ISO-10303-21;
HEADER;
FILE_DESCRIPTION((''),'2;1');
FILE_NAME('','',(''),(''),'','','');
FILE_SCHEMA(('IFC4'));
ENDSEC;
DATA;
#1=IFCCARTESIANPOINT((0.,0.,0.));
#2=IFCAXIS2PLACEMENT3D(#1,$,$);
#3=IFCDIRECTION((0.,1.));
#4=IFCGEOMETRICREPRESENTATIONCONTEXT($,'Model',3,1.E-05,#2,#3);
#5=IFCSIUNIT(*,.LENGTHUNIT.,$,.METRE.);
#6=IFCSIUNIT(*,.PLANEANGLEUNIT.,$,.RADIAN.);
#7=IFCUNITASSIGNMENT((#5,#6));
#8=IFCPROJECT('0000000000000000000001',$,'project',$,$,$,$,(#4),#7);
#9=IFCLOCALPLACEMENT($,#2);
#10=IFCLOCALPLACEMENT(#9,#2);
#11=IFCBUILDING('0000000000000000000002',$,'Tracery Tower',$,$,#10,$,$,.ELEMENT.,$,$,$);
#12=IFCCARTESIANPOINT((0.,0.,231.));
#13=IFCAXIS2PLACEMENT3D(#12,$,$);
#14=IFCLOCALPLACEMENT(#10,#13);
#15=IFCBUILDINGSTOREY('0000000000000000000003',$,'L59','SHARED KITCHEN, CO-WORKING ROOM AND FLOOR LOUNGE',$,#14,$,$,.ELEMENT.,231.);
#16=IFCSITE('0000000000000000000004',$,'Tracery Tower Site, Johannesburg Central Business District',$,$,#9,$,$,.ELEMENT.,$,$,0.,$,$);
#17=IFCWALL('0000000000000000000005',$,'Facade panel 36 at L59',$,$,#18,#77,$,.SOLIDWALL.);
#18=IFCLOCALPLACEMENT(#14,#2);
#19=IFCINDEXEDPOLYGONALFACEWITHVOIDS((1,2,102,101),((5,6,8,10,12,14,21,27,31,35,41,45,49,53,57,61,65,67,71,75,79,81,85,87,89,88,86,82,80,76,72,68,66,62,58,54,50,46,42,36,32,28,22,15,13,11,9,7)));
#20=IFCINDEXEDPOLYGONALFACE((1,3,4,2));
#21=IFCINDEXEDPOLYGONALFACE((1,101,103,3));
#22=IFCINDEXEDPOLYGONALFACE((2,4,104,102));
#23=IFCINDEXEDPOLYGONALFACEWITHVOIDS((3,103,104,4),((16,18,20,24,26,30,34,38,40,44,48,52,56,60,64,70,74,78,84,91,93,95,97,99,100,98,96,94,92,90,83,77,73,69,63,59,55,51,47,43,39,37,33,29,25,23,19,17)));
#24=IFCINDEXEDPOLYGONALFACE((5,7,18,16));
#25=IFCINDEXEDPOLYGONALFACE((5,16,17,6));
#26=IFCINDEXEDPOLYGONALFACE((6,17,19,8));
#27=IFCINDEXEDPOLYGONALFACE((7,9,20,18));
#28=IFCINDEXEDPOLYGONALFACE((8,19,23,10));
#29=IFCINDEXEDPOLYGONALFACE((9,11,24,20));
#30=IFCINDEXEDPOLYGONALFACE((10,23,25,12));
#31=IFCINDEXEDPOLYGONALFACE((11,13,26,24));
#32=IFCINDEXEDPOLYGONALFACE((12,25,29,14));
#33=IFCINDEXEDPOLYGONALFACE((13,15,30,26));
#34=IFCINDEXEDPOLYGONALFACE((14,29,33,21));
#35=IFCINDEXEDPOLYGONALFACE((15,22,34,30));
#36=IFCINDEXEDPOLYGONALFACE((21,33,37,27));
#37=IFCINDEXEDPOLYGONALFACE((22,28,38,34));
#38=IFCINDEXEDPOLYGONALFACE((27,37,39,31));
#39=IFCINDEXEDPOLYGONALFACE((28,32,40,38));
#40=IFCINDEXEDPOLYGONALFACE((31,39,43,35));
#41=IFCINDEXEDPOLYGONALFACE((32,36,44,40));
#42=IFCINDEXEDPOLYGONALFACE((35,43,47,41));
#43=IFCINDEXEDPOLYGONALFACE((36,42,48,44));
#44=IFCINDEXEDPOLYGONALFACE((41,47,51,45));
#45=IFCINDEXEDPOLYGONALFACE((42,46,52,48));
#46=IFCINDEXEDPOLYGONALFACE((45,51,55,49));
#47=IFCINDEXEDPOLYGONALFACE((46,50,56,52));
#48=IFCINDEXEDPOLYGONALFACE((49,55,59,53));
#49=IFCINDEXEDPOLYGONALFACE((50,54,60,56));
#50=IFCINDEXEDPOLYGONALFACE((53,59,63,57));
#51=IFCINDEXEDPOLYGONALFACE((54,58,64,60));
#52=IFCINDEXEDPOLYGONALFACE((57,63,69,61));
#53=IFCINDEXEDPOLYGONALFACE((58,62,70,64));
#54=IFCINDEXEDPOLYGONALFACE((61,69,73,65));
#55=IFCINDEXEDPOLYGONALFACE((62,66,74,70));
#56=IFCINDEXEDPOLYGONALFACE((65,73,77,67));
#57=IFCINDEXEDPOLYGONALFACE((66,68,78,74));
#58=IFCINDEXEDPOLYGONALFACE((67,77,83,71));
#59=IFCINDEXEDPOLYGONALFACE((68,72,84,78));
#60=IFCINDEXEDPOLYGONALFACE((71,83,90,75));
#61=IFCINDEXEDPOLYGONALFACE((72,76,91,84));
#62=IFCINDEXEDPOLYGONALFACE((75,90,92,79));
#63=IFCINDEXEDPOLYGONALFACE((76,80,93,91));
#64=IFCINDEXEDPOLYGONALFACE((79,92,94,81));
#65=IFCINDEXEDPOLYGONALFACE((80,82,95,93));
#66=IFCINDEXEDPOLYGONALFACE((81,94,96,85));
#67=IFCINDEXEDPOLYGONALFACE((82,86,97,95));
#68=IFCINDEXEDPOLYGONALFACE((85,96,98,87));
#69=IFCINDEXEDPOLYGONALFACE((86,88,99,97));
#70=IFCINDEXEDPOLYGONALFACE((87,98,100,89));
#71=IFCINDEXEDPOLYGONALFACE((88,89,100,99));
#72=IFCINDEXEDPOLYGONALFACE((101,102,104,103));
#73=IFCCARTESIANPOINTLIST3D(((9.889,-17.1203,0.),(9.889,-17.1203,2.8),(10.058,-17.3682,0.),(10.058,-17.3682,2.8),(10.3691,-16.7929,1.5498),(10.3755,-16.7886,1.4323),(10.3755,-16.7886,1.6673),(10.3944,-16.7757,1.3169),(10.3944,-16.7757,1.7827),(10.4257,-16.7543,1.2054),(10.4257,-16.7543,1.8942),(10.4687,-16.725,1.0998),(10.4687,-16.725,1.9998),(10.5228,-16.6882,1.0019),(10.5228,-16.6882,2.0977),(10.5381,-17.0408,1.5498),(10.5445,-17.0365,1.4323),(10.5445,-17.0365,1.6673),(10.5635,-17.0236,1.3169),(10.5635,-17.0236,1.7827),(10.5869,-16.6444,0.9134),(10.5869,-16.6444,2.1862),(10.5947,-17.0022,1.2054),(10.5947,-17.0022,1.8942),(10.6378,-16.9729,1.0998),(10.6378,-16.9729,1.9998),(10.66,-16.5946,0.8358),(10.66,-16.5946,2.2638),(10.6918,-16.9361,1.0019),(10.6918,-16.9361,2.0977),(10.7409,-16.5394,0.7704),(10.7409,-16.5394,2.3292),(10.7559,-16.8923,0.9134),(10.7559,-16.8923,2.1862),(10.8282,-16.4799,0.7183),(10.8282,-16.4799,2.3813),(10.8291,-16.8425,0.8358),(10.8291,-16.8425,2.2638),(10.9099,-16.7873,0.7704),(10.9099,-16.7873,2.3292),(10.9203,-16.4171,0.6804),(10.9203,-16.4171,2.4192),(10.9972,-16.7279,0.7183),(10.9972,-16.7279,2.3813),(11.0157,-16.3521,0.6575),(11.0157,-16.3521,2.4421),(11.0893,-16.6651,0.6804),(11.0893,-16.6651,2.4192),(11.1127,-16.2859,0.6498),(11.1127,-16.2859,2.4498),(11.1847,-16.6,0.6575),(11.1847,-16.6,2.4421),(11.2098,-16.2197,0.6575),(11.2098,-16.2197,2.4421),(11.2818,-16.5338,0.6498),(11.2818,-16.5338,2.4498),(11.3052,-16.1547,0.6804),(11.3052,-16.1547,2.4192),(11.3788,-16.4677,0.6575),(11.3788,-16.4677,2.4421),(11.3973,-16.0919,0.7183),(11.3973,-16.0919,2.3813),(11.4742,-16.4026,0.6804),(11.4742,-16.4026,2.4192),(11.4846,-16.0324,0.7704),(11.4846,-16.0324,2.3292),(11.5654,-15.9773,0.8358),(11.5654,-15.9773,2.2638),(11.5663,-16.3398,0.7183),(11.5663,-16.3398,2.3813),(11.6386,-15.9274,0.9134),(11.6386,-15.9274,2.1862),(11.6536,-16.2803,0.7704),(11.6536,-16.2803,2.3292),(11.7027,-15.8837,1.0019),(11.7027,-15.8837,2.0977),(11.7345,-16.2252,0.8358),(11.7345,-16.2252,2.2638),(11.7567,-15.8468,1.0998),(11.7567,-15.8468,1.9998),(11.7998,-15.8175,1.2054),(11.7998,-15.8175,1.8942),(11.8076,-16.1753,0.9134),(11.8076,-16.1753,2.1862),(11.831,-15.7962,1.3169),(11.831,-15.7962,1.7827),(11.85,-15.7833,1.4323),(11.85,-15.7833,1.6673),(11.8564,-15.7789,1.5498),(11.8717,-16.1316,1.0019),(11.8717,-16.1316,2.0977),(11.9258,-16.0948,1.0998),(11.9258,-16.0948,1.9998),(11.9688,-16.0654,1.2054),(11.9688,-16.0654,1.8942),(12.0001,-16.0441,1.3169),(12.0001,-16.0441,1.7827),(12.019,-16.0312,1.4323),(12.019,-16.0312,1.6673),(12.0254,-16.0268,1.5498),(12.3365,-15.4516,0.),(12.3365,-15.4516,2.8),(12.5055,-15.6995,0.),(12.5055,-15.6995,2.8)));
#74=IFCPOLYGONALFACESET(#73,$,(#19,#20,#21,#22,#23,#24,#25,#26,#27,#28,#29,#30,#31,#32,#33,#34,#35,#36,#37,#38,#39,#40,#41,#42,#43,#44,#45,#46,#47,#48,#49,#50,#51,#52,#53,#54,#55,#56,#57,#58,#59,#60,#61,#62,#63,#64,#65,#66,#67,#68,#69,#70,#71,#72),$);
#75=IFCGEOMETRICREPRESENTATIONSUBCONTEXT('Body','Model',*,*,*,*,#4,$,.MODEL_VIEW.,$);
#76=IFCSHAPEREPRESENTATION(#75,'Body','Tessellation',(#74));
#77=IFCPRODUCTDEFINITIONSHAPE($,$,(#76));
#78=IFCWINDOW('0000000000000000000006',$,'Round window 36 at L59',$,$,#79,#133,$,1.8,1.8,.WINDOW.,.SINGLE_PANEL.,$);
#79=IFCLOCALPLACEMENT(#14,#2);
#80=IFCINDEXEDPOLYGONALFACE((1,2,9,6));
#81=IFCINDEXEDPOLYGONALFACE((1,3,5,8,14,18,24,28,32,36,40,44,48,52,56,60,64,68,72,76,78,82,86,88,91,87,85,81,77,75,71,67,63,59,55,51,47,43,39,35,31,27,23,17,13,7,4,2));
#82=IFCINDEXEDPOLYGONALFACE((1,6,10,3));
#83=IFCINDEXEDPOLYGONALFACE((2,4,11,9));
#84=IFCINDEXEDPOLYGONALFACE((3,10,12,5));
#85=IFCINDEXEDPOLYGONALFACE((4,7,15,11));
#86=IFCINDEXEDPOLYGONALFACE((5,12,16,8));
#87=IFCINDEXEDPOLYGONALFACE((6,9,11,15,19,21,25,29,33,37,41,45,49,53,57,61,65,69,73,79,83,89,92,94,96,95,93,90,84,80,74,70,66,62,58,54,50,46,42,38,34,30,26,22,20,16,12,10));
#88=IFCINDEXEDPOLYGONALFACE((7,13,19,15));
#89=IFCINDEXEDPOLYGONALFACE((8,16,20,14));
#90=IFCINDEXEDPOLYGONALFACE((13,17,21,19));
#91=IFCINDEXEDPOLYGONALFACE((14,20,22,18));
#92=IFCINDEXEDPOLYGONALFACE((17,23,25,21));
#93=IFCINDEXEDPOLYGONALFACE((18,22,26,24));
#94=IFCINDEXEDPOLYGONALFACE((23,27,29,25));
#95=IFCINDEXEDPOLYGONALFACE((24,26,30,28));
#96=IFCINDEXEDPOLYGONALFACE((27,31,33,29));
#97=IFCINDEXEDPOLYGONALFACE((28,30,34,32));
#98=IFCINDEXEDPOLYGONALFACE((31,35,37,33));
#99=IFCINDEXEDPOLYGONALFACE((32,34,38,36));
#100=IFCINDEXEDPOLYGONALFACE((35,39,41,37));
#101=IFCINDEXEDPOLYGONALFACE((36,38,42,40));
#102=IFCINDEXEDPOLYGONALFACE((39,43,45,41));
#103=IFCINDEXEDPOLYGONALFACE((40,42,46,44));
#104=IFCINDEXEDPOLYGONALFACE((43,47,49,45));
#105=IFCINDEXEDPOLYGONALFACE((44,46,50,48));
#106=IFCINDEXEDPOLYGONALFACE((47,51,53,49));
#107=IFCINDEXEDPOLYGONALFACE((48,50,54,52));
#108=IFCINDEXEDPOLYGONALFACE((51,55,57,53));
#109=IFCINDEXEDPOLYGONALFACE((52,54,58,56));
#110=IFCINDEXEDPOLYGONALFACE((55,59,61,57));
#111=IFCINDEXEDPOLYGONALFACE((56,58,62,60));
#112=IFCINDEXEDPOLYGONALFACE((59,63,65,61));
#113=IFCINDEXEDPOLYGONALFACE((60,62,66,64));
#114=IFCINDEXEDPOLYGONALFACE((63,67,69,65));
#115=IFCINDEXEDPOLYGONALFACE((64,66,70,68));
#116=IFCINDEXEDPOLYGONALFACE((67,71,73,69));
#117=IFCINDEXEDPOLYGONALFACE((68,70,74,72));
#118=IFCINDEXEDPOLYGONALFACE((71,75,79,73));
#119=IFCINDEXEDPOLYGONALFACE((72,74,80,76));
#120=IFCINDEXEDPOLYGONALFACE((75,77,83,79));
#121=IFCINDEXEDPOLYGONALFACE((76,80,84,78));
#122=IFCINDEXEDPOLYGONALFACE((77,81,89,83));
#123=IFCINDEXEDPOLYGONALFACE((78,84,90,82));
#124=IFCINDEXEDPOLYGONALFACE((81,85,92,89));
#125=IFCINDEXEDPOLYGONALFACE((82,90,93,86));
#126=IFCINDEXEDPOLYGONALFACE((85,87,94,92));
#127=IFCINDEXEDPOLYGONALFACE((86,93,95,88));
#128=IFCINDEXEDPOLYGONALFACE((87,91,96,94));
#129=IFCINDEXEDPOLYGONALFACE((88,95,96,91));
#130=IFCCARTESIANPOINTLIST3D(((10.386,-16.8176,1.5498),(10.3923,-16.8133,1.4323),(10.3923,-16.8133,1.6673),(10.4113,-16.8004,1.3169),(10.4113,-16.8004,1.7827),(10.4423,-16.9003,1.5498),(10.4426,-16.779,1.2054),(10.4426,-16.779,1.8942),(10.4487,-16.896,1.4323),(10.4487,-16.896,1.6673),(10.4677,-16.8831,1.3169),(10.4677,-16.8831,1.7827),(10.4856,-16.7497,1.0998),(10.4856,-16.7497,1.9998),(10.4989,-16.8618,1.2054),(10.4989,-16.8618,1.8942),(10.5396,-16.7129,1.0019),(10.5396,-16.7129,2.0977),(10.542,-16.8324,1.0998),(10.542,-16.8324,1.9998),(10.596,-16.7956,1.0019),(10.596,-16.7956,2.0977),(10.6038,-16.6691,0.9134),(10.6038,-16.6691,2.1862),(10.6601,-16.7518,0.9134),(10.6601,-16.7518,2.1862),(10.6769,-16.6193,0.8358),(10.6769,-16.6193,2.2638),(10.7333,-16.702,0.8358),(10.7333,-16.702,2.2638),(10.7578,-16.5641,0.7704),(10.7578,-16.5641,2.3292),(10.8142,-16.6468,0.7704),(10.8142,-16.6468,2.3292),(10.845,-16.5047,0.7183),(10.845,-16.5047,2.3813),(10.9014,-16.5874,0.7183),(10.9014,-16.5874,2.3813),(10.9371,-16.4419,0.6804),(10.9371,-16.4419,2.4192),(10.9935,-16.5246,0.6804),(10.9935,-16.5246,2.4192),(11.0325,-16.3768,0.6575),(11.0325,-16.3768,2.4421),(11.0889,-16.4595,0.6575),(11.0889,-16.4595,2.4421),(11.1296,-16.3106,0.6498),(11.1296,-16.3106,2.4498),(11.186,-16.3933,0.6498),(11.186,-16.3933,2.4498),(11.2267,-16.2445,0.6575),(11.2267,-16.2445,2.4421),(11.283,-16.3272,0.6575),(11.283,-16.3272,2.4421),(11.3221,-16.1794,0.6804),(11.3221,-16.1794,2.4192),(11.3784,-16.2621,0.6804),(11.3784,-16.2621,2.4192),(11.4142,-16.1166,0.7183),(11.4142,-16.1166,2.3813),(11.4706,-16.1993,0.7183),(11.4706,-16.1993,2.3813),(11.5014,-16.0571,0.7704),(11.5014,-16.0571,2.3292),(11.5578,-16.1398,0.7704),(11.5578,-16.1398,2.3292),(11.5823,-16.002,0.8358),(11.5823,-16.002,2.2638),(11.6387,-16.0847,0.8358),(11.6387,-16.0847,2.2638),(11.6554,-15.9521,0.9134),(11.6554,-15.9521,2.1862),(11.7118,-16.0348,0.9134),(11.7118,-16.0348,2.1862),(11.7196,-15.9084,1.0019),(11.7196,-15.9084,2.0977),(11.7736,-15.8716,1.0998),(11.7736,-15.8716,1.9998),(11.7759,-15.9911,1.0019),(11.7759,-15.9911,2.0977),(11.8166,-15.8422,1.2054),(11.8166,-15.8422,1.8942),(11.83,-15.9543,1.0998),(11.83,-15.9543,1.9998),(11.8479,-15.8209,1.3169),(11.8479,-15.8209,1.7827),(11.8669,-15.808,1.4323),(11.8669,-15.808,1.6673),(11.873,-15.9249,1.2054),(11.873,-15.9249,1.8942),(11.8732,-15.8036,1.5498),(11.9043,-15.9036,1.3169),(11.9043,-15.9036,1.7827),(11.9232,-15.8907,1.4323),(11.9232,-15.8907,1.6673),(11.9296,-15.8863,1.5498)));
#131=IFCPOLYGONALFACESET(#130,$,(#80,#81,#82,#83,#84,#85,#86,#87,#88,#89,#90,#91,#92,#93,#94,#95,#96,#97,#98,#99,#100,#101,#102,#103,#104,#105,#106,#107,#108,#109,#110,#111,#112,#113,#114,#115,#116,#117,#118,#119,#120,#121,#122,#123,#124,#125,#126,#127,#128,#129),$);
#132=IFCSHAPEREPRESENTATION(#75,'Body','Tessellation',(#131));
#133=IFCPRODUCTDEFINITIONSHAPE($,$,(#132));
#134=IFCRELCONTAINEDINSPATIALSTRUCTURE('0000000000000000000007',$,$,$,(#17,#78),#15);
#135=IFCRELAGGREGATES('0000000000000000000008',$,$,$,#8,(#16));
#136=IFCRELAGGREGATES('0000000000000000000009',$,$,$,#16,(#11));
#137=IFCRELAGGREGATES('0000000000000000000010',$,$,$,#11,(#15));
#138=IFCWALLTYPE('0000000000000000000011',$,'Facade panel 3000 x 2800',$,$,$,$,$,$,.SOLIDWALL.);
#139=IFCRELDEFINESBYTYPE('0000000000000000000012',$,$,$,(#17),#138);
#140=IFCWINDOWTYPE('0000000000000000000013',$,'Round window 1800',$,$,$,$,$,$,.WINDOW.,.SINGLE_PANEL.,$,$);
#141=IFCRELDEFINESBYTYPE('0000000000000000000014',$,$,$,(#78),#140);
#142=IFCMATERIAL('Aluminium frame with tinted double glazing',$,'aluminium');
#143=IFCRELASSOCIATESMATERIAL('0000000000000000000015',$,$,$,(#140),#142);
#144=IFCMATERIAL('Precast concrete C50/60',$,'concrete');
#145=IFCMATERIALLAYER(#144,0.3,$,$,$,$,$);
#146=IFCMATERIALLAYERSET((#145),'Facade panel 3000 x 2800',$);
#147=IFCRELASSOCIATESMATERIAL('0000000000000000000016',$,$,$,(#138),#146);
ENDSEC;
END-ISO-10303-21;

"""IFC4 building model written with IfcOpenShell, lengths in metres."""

from ifc_helpers import new_model, si_unit, direction, frame, frame_2d, origin, origin_2d, place, context, subcontext, project, spatial, rectangle, circle, extrude, material, layer, layer_set, type_object, element, fill, save


model = new_model("IFC4")

# Units and contexts
model_context = context("Model", 3, precision=1e-05, world=origin(), true_north=direction((0.0, 1.0)))
body_context = subcontext(model_context, "Body", "Model", "MODEL_VIEW")
ifc_project = project(units=[si_unit("LENGTHUNIT", "METRE"), si_unit("PLANEANGLEUNIT", "RADIAN")], contexts=[model_context])

# Site, building, storey
site_placement = place(None, origin())
site = spatial("IfcSite", under=ifc_project, at=site_placement, Name="Tracery Tower Site, Johannesburg Central Business District", CompositionType="ELEMENT", RefElevation=0.0)
building_placement = place(site_placement, origin())
building = spatial("IfcBuilding", under=site, at=building_placement, Name="Tracery Tower", CompositionType="ELEMENT")
storey_placement = place(building_placement, frame((0.0, 0.0, 231.0)))
storey = spatial("IfcBuildingStorey", under=building, at=storey_placement, Name="L59", Description="SHARED KITCHEN, CO-WORKING ROOM AND FLOOR LOUNGE", CompositionType="ELEMENT", Elevation=231.0)

# Wall, opening, window
ifc_material_1 = material(Name="Aluminium frame with tinted double glazing", Category="aluminium")
window_type = type_object("IfcWindowType", Name="Round window 1800", PartitioningType="SINGLE_PANEL", PredefinedType="WINDOW", material=ifc_material_1)
ifc_material_2 = material(Name="Precast concrete C50/60", Category="concrete")
ifc_layer_1 = layer(ifc_material_2, 0.3)
ifc_layer_set_1 = layer_set([ifc_layer_1], Name="Facade panel 3000 x 2800")
wall_type_1 = type_object("IfcWallType", Name="Facade panel 3000 x 2800", PredefinedType="SOLIDWALL", material=ifc_layer_set_1)
wall_1_placement = place(storey_placement, frame((9.9736, -17.2441, 0.0), z_axis=(0.0, 0.0, 1.0), x_axis=(0.826236, 0.563324, 0.0)))
wall_1 = element("IfcWall", 1, at=wall_1_placement, inside=storey, type_object=wall_type_1, Name="Facade panel 36 at L59", PredefinedType="SOLIDWALL", context=body_context, shape_type="SweptSolid", body=[
    extrude(rectangle(XDim=2.9622, YDim=0.3, at=frame_2d((1.481, 0.0))), origin(), (0.0, 0.0, 1.0), 2.8),
])
opening_1_placement = place(wall_1_placement, frame((1.481, 0.0, 1.5498)))
opening_1 = element("IfcOpeningElement", 2, at=opening_1_placement, cuts=wall_1, PredefinedType="OPENING", context=body_context, shape_type="SweptSolid", body=[
    extrude(circle(Radius=0.9, at=origin_2d()), frame((0.0, 0.1599, 0.0), z_axis=(0.0, -1.0, 0.0), x_axis=(1.0, 0.0, 0.0)), (0.0, 0.0, 1.0), 0.3201),
])
window_1_placement = place(opening_1_placement, origin())
window_1 = element("IfcWindow", 3, at=window_1_placement, inside=storey, type_object=window_type, Name="Round window 36 at L59", OverallHeight=1.8, OverallWidth=1.8, PartitioningType="SINGLE_PANEL", PredefinedType="WINDOW", context=body_context, shape_type="SweptSolid", body=[
    extrude(circle(Radius=0.9, at=origin_2d()), frame((0.0, 0.1201, 0.0), z_axis=(0.0, -1.0, 0.0), x_axis=(1.0, 0.0, 0.0)), (0.0, 0.0, 1.0), 0.1001),
])
fill(opening_1, window_1)

save(model, "model.ifc")
